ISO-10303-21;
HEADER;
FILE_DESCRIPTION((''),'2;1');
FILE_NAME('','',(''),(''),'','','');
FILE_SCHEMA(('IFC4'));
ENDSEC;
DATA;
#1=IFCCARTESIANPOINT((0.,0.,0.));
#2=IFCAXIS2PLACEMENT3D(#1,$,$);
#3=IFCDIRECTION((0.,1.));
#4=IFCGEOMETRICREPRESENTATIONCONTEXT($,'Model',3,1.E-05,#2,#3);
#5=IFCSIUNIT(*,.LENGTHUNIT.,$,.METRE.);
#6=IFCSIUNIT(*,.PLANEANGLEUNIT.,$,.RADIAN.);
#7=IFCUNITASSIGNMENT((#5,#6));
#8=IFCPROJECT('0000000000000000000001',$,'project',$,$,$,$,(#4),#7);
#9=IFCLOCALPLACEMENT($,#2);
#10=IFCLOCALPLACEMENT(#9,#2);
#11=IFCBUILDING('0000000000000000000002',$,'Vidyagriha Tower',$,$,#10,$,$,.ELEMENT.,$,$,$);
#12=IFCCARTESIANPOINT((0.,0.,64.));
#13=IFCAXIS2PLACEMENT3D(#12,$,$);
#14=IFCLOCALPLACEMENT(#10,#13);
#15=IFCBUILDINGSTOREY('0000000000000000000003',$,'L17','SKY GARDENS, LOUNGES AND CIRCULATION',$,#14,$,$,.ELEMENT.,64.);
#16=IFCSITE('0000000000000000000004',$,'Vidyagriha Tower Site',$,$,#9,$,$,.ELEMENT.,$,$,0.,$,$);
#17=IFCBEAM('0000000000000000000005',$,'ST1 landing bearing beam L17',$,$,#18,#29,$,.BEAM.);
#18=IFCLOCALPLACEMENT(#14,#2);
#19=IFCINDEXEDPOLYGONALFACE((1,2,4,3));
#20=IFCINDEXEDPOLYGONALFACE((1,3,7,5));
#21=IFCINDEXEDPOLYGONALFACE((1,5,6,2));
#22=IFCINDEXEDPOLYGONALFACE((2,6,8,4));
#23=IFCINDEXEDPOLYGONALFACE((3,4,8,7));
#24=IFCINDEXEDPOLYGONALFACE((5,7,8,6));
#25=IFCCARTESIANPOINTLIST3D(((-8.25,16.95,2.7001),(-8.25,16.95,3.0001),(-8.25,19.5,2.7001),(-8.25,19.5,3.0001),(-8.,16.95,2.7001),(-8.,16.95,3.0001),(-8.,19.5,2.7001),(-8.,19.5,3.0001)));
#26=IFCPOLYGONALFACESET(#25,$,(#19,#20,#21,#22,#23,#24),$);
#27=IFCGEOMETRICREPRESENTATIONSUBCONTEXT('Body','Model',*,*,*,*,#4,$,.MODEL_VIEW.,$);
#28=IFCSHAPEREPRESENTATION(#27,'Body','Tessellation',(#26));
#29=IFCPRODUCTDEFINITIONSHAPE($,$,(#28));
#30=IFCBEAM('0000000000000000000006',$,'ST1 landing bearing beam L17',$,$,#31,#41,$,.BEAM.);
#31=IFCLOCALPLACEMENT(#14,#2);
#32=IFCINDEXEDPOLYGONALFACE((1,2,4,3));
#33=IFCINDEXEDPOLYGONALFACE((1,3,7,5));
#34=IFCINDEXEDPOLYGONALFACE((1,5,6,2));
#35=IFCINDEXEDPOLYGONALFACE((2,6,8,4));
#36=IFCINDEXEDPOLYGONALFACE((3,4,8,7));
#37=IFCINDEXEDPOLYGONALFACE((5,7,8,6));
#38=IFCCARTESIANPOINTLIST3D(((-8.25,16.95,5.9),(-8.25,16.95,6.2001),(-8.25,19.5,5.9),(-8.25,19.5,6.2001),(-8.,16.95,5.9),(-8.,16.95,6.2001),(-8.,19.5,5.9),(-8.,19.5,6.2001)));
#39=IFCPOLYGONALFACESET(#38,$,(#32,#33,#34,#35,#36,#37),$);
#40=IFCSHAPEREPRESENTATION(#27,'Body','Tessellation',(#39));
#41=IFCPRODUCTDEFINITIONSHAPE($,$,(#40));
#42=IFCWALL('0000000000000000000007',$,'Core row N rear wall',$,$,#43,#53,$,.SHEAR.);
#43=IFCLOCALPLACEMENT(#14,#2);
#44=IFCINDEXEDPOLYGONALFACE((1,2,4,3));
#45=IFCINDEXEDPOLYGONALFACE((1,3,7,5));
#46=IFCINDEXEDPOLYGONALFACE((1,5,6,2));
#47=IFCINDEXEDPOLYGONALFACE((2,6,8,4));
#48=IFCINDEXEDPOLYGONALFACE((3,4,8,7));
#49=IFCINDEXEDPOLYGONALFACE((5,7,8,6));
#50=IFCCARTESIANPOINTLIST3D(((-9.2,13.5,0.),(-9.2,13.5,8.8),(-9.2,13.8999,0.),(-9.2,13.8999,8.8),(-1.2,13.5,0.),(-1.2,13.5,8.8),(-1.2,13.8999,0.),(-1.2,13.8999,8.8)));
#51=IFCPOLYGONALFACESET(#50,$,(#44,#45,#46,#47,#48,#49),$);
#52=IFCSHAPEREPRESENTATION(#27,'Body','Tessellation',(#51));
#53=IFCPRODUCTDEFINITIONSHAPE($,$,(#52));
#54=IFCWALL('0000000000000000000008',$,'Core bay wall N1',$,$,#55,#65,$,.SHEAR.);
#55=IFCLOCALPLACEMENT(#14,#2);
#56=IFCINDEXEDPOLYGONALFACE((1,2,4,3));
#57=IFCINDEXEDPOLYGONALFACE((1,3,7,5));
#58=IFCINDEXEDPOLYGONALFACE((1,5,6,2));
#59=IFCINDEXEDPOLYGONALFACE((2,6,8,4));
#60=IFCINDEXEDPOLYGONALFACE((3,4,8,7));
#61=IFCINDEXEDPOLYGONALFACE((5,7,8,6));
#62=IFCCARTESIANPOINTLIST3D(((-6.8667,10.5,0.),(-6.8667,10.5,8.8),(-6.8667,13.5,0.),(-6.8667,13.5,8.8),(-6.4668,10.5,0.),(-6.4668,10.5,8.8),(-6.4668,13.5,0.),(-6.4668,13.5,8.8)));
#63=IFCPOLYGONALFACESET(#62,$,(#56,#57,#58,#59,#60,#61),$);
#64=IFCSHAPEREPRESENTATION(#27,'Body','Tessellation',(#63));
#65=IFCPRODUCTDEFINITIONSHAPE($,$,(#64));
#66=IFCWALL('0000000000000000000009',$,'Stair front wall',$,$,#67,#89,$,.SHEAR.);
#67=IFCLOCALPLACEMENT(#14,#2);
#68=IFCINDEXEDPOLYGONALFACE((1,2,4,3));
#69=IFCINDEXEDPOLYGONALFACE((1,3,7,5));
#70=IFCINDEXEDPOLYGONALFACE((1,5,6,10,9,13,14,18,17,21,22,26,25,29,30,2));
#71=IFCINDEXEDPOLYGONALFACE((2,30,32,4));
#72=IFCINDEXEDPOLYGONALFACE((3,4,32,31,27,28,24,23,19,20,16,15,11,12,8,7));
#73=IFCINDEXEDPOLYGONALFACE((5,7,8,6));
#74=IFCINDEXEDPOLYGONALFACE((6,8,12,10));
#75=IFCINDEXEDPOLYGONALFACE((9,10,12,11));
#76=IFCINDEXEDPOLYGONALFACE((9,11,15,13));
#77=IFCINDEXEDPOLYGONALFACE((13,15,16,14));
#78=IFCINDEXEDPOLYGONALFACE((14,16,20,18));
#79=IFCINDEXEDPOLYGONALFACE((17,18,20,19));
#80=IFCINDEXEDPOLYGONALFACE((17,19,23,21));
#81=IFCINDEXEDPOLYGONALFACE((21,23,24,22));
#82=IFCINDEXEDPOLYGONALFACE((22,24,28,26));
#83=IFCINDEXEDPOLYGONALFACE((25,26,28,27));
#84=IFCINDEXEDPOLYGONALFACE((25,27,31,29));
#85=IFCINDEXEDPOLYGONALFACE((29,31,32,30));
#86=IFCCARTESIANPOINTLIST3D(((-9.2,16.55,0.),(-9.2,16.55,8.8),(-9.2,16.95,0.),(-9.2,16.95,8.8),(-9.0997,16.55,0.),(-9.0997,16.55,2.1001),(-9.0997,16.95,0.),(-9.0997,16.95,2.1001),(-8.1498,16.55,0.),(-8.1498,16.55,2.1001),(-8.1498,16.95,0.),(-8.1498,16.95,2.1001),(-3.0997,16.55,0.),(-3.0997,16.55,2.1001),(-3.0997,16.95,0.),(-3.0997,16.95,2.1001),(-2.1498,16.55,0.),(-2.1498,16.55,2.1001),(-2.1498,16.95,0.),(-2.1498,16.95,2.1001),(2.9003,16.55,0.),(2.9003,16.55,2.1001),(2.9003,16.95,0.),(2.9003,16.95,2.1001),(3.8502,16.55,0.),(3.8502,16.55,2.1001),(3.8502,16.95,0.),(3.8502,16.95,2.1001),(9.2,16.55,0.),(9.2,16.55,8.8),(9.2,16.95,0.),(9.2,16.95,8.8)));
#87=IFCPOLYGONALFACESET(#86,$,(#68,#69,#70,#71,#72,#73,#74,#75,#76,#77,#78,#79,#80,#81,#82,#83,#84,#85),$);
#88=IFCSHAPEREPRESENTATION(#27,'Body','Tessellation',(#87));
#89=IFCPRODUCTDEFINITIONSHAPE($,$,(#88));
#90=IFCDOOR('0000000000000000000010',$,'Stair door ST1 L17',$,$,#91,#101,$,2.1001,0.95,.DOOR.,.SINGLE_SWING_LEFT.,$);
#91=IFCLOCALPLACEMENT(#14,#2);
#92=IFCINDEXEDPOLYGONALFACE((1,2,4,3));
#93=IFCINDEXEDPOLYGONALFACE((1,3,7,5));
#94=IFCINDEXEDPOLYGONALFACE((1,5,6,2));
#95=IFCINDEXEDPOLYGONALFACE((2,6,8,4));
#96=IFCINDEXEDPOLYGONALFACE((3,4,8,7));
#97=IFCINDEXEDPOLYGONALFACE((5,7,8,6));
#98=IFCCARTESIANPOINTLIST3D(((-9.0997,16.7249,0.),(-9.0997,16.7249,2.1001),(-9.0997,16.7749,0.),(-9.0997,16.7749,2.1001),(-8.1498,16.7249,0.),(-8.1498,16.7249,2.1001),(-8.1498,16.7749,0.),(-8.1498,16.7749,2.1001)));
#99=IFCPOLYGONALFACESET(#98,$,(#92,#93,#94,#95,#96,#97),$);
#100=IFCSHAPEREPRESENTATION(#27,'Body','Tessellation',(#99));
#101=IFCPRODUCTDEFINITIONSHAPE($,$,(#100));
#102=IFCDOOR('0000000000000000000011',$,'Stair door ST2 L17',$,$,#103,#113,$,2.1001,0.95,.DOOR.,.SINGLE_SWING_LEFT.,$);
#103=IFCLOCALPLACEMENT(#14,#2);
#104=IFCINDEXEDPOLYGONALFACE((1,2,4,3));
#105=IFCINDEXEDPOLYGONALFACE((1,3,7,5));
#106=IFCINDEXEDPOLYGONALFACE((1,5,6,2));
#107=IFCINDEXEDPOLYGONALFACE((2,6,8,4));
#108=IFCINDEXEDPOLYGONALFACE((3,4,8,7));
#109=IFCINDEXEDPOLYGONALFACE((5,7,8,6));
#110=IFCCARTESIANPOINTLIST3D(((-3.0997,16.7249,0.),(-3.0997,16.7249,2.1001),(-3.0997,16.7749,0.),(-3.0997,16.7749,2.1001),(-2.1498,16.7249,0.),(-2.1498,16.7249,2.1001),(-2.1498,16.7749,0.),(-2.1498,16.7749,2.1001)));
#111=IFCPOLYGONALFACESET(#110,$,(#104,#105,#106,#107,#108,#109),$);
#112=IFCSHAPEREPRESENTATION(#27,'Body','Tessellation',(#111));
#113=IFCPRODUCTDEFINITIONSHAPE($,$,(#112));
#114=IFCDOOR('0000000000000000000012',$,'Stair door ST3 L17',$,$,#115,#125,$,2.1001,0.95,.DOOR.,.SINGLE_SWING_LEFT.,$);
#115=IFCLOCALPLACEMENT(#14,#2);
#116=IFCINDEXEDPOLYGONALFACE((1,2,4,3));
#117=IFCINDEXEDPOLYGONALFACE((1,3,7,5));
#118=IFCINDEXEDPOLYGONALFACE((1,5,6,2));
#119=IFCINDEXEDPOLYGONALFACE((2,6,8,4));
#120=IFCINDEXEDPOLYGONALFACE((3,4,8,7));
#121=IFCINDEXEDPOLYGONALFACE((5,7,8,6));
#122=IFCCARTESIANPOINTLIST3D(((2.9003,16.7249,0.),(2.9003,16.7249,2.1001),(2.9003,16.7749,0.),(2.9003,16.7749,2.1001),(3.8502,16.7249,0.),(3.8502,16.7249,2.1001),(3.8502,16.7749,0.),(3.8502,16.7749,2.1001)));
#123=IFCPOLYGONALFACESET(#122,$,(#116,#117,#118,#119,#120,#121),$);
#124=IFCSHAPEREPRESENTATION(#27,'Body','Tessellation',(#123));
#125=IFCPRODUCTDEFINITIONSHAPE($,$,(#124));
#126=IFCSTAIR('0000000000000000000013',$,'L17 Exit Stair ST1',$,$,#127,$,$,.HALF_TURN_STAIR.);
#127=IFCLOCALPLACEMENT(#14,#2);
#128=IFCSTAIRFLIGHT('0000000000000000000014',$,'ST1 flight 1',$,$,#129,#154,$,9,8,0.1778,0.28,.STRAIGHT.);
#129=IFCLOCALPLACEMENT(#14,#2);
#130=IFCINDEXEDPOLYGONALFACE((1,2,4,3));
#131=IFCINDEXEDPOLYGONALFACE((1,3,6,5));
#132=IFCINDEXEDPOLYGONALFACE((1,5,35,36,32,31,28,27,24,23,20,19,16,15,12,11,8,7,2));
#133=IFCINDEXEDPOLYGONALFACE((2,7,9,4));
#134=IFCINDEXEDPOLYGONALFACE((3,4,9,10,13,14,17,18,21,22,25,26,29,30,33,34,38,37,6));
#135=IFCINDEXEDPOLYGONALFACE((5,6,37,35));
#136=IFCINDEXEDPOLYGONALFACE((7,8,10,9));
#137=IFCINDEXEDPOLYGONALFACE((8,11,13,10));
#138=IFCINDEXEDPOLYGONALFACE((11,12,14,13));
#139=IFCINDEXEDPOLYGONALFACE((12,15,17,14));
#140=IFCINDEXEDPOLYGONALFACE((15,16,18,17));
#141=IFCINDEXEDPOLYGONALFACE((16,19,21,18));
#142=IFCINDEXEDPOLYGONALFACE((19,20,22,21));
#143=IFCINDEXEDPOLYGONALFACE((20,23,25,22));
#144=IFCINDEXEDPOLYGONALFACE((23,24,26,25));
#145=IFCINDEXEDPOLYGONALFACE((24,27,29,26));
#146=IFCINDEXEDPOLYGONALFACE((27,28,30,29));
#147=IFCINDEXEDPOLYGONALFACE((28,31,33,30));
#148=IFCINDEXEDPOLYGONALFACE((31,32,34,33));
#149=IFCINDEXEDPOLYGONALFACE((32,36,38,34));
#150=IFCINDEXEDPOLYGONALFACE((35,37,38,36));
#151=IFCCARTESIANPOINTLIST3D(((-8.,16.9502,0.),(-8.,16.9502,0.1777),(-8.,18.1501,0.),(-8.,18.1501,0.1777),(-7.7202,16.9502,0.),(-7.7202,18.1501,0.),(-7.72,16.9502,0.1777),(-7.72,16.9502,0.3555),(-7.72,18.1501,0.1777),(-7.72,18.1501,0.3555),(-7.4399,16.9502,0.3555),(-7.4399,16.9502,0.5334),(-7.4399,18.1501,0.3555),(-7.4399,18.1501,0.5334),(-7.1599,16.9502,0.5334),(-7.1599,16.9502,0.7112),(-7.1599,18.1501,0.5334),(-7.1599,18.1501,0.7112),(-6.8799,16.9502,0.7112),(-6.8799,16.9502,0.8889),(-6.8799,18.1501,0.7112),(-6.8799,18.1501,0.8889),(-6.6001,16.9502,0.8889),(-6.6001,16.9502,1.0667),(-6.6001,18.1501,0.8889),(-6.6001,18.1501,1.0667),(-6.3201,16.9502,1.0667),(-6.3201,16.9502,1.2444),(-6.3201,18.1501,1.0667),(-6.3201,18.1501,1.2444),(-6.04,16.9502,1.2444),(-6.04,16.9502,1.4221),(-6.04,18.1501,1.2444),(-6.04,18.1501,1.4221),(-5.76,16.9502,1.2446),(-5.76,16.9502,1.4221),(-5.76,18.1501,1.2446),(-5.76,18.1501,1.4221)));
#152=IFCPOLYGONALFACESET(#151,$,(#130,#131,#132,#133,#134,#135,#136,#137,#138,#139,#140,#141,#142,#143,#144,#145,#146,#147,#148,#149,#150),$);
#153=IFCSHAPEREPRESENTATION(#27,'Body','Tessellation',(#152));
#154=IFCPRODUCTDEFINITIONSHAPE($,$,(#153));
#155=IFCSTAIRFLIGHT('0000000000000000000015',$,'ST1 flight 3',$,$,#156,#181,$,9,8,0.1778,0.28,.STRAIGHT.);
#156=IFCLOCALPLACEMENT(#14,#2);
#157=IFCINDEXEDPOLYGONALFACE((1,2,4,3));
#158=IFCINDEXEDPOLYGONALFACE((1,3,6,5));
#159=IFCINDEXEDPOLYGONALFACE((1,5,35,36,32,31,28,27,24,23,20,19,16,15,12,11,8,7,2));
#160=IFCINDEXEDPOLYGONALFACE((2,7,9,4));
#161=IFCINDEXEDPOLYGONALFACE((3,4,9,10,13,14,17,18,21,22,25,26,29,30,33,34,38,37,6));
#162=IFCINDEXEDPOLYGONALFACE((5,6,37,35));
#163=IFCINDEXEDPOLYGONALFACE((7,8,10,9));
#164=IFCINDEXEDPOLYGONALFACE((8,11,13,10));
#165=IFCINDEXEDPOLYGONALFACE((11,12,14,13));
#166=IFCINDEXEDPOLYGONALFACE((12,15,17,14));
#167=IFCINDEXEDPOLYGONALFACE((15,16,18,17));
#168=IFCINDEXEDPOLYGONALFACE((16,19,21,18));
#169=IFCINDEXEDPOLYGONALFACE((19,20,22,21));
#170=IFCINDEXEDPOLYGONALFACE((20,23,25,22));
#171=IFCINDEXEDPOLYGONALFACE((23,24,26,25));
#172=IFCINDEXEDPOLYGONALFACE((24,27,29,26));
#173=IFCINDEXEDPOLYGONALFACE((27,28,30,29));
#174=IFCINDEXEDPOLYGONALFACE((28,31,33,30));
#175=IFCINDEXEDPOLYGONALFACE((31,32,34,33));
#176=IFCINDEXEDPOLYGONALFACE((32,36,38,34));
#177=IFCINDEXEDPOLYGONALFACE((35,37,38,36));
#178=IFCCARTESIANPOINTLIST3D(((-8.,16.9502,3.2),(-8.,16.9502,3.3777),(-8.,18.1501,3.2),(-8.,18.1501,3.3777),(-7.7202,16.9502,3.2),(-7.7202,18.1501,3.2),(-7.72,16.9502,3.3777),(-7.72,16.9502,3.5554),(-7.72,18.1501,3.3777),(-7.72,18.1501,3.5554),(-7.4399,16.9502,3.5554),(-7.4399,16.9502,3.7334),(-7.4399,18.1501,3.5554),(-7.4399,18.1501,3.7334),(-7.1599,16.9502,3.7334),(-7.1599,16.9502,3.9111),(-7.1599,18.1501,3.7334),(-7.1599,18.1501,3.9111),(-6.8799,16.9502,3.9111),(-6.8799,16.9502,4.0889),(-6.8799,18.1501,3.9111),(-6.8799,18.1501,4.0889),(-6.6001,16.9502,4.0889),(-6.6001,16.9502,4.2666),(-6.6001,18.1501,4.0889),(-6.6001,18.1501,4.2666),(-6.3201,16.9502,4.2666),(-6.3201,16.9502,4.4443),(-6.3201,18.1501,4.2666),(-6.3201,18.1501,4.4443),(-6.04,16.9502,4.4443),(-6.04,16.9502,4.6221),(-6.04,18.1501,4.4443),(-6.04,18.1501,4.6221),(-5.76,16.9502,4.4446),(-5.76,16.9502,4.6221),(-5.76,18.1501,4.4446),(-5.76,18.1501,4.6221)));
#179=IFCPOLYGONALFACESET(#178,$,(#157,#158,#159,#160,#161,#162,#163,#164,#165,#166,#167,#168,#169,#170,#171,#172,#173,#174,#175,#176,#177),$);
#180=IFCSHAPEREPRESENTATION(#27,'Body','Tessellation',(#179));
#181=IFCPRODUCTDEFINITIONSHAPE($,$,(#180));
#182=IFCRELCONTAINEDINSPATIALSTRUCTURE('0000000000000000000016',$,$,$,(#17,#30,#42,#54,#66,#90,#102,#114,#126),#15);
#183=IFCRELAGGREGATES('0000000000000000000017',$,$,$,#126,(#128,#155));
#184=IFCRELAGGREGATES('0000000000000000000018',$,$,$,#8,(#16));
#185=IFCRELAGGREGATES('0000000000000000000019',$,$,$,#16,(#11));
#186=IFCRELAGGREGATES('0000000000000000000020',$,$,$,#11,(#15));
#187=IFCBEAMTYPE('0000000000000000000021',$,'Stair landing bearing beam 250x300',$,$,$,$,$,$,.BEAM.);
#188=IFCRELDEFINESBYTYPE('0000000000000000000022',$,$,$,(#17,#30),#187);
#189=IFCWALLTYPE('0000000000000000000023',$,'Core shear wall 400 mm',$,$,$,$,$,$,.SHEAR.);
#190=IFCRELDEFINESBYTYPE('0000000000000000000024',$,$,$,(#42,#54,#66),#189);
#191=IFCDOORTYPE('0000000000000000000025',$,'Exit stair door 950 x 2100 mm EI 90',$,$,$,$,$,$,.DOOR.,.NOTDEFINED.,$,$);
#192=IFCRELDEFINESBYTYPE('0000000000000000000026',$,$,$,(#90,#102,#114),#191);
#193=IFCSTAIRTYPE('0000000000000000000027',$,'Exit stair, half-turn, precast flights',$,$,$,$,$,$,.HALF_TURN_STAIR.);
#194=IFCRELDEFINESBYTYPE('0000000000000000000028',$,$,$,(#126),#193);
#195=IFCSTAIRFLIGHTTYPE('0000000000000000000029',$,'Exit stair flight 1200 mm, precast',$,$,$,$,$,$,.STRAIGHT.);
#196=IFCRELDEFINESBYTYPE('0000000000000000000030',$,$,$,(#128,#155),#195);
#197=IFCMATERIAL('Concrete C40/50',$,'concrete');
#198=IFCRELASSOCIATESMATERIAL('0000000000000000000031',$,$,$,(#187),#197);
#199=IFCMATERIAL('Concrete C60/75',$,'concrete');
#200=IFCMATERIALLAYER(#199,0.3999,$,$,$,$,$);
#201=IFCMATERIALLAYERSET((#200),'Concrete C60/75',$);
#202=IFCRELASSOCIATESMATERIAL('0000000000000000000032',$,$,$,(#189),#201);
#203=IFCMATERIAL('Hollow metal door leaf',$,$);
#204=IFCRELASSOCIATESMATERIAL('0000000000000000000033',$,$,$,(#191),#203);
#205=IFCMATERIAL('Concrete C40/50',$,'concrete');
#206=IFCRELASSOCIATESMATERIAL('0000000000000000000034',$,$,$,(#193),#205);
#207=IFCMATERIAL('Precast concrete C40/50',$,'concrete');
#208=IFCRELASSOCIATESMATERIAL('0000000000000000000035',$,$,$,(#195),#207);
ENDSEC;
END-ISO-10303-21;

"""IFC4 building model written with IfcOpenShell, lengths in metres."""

from ifc_helpers import new_model, si_unit, direction, frame, frame_2d, origin, origin_2d, place, context, subcontext, project, spatial, polyline, rectangle, outline, extrude, material, layer, layer_set, material_profile, profile_set, type_object, element, fill, aggregate, save


model = new_model("IFC4")

# Units and contexts
model_context = context("Model", 3, precision=1e-05, world=origin(), true_north=direction((0.0, 1.0)))
body_context = subcontext(model_context, "Body", "Model", "MODEL_VIEW")
ifc_project = project(units=[si_unit("LENGTHUNIT", "METRE"), si_unit("PLANEANGLEUNIT", "RADIAN")], contexts=[model_context])

# Site, building, storey
site_placement = place(None, origin())
site = spatial("IfcSite", under=ifc_project, at=site_placement, Name="Vidyagriha Tower Site", CompositionType="ELEMENT", RefElevation=0.0)
building_placement = place(site_placement, origin())
building = spatial("IfcBuilding", under=site, at=building_placement, Name="Vidyagriha Tower", CompositionType="ELEMENT")
storey_placement = place(building_placement, frame((0.0, 0.0, 64.0)))
storey = spatial("IfcBuildingStorey", under=building, at=storey_placement, Name="L17", Description="SKY GARDENS, LOUNGES AND CIRCULATION", CompositionType="ELEMENT", Elevation=64.0)

# Beams
ifc_material_1 = material(Name="Concrete C40/50", Category="concrete")
ifc_material_profile = material_profile(ifc_material_1, rectangle(XDim=0.25, YDim=0.3, at=origin_2d()), Name="Stair landing bearing beam 250x300")
ifc_profile_set = profile_set([ifc_material_profile], Name="Concrete C40/50")
beam_type = type_object("IfcBeamType", Name="Stair landing bearing beam 250x300", PredefinedType="BEAM", material=ifc_profile_set)
for number, where, z_axis, x_axis, name in (
    (1, (-8.125, 16.95, 2.8501), (0.0, 1.0, 0.0), (-1.0, 0.0, 0.0), "ST1 landing bearing beam L17"),
    (2, (-8.125, 16.95, 6.05), (0.0, 1.0, 0.0), (-1.0, 0.0, 0.0), "ST1 landing bearing beam L17"),
):
    element("IfcBeam", number, at=place(storey_placement, frame(where, z_axis=z_axis, x_axis=x_axis)), inside=storey, type_object=beam_type, Name=name, PredefinedType="BEAM", context=body_context, shape_type="SweptSolid", body=[
        extrude(rectangle(XDim=0.25, YDim=0.3, at=origin_2d()), origin(), (0.0, 0.0, 1.0), 2.55),
    ])

# Walls
ifc_material_2 = material(Name="Concrete C60/75", Category="concrete")
ifc_layer = layer(ifc_material_2, 0.3999)
ifc_layer_set = layer_set([ifc_layer], Name="Concrete C60/75")
wall_type = type_object("IfcWallType", Name="Core shear wall 400 mm", PredefinedType="SHEAR", material=ifc_layer_set)
wall_1_placement = place(storey_placement, frame((-9.2, 13.7, 0.0)))
element("IfcWall", 3, at=wall_1_placement, inside=storey, type_object=wall_type, Name="Core row N rear wall", PredefinedType="SHEAR", context=body_context, shape_type="SweptSolid", body=[
    extrude(rectangle(XDim=8.0, YDim=0.3999, at=frame_2d((4.0, 0.0))), origin(), (0.0, 0.0, 1.0), 8.8),
])
wall_2_placement = place(storey_placement, frame((-6.6667, 10.5, 0.0), z_axis=(0.0, 0.0, 1.0), x_axis=(0.0, 1.0, 0.0)))
element("IfcWall", 4, at=wall_2_placement, inside=storey, type_object=wall_type, Name="Core bay wall N1", PredefinedType="SHEAR", context=body_context, shape_type="SweptSolid", body=[
    extrude(rectangle(XDim=3.0, YDim=0.3999, at=frame_2d((1.5, 0.0))), origin(), (0.0, 0.0, 1.0), 8.8),
])

# Wall, openings, doors
wall_3_placement = place(storey_placement, frame((-9.2, 16.75, 0.0)))
wall_3 = element("IfcWall", 5, at=wall_3_placement, inside=storey, type_object=wall_type, Name="Stair front wall", PredefinedType="SHEAR", context=body_context, shape_type="SweptSolid", body=[
    extrude(rectangle(XDim=18.3999, YDim=0.3999, at=frame_2d((9.2, 0.0))), origin(), (0.0, 0.0, 1.0), 8.8),
])
opening_1_placement = place(wall_3_placement, frame((0.1001, 0.0, 0.0)))
opening_1 = element("IfcOpeningElement", 6, at=opening_1_placement, cuts=wall_3, PredefinedType="OPENING", context=body_context, shape_type="SweptSolid", body=[
    extrude(rectangle(XDim=0.95, YDim=2.1001, at=frame_2d((0.4751, 1.05))), frame((0.0, 0.21, 0.0), z_axis=(0.0, -1.0, 0.0), x_axis=(1.0, 0.0, 0.0)), (0.0, 0.0, 1.0), 0.4199),
])
opening_2_placement = place(wall_3_placement, frame((6.1001, 0.0, 0.0)))
opening_2 = element("IfcOpeningElement", 7, at=opening_2_placement, cuts=wall_3, PredefinedType="OPENING", context=body_context, shape_type="SweptSolid", body=[
    extrude(rectangle(XDim=0.95, YDim=2.1001, at=frame_2d((0.4751, 1.05))), frame((0.0, 0.21, 0.0), z_axis=(0.0, -1.0, 0.0), x_axis=(1.0, 0.0, 0.0)), (0.0, 0.0, 1.0), 0.4199),
])
opening_3_placement = place(wall_3_placement, frame((12.1001, 0.0, 0.0)))
opening_3 = element("IfcOpeningElement", 8, at=opening_3_placement, cuts=wall_3, PredefinedType="OPENING", context=body_context, shape_type="SweptSolid", body=[
    extrude(rectangle(XDim=0.95, YDim=2.1001, at=frame_2d((0.4751, 1.05))), frame((0.0, 0.21, 0.0), z_axis=(0.0, -1.0, 0.0), x_axis=(1.0, 0.0, 0.0)), (0.0, 0.0, 1.0), 0.4199),
])
ifc_material_3 = material(Name="Hollow metal door leaf")
door_type = type_object("IfcDoorType", Name="Exit stair door 950 x 2100 mm EI 90", OperationType="NOTDEFINED", PredefinedType="DOOR", material=ifc_material_3)
door_1_placement = place(opening_1_placement, origin())
door_1 = element("IfcDoor", 9, at=door_1_placement, inside=storey, type_object=door_type, Name="Stair door ST1 L17", OperationType="SINGLE_SWING_LEFT", OverallHeight=2.1001, OverallWidth=0.95, PredefinedType="DOOR", context=body_context, shape_type="SweptSolid", body=[
    extrude(rectangle(XDim=0.95, YDim=2.1001, at=frame_2d((0.4751, 1.05))), frame((0.0, 0.0249, 0.0), z_axis=(0.0, -1.0, 0.0), x_axis=(1.0, 0.0, 0.0)), (0.0, 0.0, 1.0), 0.05),
])
fill(opening_1, door_1)
door_2_placement = place(opening_2_placement, origin())
door_2 = element("IfcDoor", 10, at=door_2_placement, inside=storey, type_object=door_type, Name="Stair door ST2 L17", OperationType="SINGLE_SWING_LEFT", OverallHeight=2.1001, OverallWidth=0.95, PredefinedType="DOOR", context=body_context, shape_type="SweptSolid", body=[
    extrude(rectangle(XDim=0.95, YDim=2.1001, at=frame_2d((0.4751, 1.05))), frame((0.0, 0.0249, 0.0), z_axis=(0.0, -1.0, 0.0), x_axis=(1.0, 0.0, 0.0)), (0.0, 0.0, 1.0), 0.05),
])
fill(opening_2, door_2)
door_3_placement = place(opening_3_placement, origin())
door_3 = element("IfcDoor", 11, at=door_3_placement, inside=storey, type_object=door_type, Name="Stair door ST3 L17", OperationType="SINGLE_SWING_LEFT", OverallHeight=2.1001, OverallWidth=0.95, PredefinedType="DOOR", context=body_context, shape_type="SweptSolid", body=[
    extrude(rectangle(XDim=0.95, YDim=2.1001, at=frame_2d((0.4751, 1.05))), frame((0.0, 0.0249, 0.0), z_axis=(0.0, -1.0, 0.0), x_axis=(1.0, 0.0, 0.0)), (0.0, 0.0, 1.0), 0.05),
])
fill(opening_3, door_3)

# Stair, stair flights
ifc_material_4 = material(Name="Concrete C40/50", Category="concrete")
stair_type = type_object("IfcStairType", Name="Exit stair, half-turn, precast flights", PredefinedType="HALF_TURN_STAIR", material=ifc_material_4)
stair_placement = place(storey_placement, origin())
stair = element("IfcStair", 12, at=stair_placement, inside=storey, type_object=stair_type, Name="L17 Exit Stair ST1", PredefinedType="HALF_TURN_STAIR")
ifc_material_5 = material(Name="Precast concrete C40/50", Category="concrete")
stair_flight_type = type_object("IfcStairFlightType", Name="Exit stair flight 1200 mm, precast", PredefinedType="STRAIGHT", material=ifc_material_5)
stair_flight_1_placement = place(storey_placement, frame((-8.0, 17.55, 0.0)))
stair_flight_1 = element("IfcStairFlight", 13, at=stair_flight_1_placement, type_object=stair_flight_type, Name="ST1 flight 1", NumberOfRisers=9, NumberOfTreads=8, PredefinedType="STRAIGHT", RiserHeight=0.1778, TreadLength=0.28, context=body_context, shape_type="SweptSolid", body=[
    extrude(outline(polyline([(0.0, 0.0), (0.0, 0.1777), (0.28, 0.1777), (0.28, 0.3555), (0.5601, 0.3555), (0.5601, 0.5334), (0.8401, 0.5334), (0.8401, 0.7112), (1.1201, 0.7112), (1.1201, 0.8889), (1.3999, 0.8889), (1.3999, 1.0667), (1.6799, 1.0667), (1.6799, 1.2444), (1.96, 1.2444), (1.96, 1.4221), (2.24, 1.4221), (2.24, 1.6001), (2.24, 1.2446), (0.2798, 0.0), (0.0, 0.0)])), frame((0.0, 0.6001, 0.0), z_axis=(0.0, -1.0, 0.0), x_axis=(1.0, 0.0, 0.0)), (0.0, 0.0, 1.0), 1.2),
])
stair_flight_2_placement = place(storey_placement, frame((-8.0, 17.55, 3.2)))
stair_flight_2 = element("IfcStairFlight", 14, at=stair_flight_2_placement, type_object=stair_flight_type, Name="ST1 flight 3", NumberOfRisers=9, NumberOfTreads=8, PredefinedType="STRAIGHT", RiserHeight=0.1778, TreadLength=0.28, context=body_context, shape_type="SweptSolid", body=[
    extrude(outline(polyline([(0.0, 0.0), (0.0, 0.1777), (0.28, 0.1777), (0.28, 0.3555), (0.5601, 0.3555), (0.5601, 0.5334), (0.8401, 0.5334), (0.8401, 0.7112), (1.1201, 0.7112), (1.1201, 0.8889), (1.3999, 0.8889), (1.3999, 1.0667), (1.6799, 1.0667), (1.6799, 1.2444), (1.96, 1.2444), (1.96, 1.4221), (2.24, 1.4221), (2.24, 1.6001), (2.24, 1.2446), (0.2798, 0.0), (0.0, 0.0)])), frame((0.0, 0.6001, 0.0), z_axis=(0.0, -1.0, 0.0), x_axis=(1.0, 0.0, 0.0)), (0.0, 0.0, 1.0), 1.2),
])
aggregate(stair, [stair_flight_1, stair_flight_2])

save(model, "model.ifc")
